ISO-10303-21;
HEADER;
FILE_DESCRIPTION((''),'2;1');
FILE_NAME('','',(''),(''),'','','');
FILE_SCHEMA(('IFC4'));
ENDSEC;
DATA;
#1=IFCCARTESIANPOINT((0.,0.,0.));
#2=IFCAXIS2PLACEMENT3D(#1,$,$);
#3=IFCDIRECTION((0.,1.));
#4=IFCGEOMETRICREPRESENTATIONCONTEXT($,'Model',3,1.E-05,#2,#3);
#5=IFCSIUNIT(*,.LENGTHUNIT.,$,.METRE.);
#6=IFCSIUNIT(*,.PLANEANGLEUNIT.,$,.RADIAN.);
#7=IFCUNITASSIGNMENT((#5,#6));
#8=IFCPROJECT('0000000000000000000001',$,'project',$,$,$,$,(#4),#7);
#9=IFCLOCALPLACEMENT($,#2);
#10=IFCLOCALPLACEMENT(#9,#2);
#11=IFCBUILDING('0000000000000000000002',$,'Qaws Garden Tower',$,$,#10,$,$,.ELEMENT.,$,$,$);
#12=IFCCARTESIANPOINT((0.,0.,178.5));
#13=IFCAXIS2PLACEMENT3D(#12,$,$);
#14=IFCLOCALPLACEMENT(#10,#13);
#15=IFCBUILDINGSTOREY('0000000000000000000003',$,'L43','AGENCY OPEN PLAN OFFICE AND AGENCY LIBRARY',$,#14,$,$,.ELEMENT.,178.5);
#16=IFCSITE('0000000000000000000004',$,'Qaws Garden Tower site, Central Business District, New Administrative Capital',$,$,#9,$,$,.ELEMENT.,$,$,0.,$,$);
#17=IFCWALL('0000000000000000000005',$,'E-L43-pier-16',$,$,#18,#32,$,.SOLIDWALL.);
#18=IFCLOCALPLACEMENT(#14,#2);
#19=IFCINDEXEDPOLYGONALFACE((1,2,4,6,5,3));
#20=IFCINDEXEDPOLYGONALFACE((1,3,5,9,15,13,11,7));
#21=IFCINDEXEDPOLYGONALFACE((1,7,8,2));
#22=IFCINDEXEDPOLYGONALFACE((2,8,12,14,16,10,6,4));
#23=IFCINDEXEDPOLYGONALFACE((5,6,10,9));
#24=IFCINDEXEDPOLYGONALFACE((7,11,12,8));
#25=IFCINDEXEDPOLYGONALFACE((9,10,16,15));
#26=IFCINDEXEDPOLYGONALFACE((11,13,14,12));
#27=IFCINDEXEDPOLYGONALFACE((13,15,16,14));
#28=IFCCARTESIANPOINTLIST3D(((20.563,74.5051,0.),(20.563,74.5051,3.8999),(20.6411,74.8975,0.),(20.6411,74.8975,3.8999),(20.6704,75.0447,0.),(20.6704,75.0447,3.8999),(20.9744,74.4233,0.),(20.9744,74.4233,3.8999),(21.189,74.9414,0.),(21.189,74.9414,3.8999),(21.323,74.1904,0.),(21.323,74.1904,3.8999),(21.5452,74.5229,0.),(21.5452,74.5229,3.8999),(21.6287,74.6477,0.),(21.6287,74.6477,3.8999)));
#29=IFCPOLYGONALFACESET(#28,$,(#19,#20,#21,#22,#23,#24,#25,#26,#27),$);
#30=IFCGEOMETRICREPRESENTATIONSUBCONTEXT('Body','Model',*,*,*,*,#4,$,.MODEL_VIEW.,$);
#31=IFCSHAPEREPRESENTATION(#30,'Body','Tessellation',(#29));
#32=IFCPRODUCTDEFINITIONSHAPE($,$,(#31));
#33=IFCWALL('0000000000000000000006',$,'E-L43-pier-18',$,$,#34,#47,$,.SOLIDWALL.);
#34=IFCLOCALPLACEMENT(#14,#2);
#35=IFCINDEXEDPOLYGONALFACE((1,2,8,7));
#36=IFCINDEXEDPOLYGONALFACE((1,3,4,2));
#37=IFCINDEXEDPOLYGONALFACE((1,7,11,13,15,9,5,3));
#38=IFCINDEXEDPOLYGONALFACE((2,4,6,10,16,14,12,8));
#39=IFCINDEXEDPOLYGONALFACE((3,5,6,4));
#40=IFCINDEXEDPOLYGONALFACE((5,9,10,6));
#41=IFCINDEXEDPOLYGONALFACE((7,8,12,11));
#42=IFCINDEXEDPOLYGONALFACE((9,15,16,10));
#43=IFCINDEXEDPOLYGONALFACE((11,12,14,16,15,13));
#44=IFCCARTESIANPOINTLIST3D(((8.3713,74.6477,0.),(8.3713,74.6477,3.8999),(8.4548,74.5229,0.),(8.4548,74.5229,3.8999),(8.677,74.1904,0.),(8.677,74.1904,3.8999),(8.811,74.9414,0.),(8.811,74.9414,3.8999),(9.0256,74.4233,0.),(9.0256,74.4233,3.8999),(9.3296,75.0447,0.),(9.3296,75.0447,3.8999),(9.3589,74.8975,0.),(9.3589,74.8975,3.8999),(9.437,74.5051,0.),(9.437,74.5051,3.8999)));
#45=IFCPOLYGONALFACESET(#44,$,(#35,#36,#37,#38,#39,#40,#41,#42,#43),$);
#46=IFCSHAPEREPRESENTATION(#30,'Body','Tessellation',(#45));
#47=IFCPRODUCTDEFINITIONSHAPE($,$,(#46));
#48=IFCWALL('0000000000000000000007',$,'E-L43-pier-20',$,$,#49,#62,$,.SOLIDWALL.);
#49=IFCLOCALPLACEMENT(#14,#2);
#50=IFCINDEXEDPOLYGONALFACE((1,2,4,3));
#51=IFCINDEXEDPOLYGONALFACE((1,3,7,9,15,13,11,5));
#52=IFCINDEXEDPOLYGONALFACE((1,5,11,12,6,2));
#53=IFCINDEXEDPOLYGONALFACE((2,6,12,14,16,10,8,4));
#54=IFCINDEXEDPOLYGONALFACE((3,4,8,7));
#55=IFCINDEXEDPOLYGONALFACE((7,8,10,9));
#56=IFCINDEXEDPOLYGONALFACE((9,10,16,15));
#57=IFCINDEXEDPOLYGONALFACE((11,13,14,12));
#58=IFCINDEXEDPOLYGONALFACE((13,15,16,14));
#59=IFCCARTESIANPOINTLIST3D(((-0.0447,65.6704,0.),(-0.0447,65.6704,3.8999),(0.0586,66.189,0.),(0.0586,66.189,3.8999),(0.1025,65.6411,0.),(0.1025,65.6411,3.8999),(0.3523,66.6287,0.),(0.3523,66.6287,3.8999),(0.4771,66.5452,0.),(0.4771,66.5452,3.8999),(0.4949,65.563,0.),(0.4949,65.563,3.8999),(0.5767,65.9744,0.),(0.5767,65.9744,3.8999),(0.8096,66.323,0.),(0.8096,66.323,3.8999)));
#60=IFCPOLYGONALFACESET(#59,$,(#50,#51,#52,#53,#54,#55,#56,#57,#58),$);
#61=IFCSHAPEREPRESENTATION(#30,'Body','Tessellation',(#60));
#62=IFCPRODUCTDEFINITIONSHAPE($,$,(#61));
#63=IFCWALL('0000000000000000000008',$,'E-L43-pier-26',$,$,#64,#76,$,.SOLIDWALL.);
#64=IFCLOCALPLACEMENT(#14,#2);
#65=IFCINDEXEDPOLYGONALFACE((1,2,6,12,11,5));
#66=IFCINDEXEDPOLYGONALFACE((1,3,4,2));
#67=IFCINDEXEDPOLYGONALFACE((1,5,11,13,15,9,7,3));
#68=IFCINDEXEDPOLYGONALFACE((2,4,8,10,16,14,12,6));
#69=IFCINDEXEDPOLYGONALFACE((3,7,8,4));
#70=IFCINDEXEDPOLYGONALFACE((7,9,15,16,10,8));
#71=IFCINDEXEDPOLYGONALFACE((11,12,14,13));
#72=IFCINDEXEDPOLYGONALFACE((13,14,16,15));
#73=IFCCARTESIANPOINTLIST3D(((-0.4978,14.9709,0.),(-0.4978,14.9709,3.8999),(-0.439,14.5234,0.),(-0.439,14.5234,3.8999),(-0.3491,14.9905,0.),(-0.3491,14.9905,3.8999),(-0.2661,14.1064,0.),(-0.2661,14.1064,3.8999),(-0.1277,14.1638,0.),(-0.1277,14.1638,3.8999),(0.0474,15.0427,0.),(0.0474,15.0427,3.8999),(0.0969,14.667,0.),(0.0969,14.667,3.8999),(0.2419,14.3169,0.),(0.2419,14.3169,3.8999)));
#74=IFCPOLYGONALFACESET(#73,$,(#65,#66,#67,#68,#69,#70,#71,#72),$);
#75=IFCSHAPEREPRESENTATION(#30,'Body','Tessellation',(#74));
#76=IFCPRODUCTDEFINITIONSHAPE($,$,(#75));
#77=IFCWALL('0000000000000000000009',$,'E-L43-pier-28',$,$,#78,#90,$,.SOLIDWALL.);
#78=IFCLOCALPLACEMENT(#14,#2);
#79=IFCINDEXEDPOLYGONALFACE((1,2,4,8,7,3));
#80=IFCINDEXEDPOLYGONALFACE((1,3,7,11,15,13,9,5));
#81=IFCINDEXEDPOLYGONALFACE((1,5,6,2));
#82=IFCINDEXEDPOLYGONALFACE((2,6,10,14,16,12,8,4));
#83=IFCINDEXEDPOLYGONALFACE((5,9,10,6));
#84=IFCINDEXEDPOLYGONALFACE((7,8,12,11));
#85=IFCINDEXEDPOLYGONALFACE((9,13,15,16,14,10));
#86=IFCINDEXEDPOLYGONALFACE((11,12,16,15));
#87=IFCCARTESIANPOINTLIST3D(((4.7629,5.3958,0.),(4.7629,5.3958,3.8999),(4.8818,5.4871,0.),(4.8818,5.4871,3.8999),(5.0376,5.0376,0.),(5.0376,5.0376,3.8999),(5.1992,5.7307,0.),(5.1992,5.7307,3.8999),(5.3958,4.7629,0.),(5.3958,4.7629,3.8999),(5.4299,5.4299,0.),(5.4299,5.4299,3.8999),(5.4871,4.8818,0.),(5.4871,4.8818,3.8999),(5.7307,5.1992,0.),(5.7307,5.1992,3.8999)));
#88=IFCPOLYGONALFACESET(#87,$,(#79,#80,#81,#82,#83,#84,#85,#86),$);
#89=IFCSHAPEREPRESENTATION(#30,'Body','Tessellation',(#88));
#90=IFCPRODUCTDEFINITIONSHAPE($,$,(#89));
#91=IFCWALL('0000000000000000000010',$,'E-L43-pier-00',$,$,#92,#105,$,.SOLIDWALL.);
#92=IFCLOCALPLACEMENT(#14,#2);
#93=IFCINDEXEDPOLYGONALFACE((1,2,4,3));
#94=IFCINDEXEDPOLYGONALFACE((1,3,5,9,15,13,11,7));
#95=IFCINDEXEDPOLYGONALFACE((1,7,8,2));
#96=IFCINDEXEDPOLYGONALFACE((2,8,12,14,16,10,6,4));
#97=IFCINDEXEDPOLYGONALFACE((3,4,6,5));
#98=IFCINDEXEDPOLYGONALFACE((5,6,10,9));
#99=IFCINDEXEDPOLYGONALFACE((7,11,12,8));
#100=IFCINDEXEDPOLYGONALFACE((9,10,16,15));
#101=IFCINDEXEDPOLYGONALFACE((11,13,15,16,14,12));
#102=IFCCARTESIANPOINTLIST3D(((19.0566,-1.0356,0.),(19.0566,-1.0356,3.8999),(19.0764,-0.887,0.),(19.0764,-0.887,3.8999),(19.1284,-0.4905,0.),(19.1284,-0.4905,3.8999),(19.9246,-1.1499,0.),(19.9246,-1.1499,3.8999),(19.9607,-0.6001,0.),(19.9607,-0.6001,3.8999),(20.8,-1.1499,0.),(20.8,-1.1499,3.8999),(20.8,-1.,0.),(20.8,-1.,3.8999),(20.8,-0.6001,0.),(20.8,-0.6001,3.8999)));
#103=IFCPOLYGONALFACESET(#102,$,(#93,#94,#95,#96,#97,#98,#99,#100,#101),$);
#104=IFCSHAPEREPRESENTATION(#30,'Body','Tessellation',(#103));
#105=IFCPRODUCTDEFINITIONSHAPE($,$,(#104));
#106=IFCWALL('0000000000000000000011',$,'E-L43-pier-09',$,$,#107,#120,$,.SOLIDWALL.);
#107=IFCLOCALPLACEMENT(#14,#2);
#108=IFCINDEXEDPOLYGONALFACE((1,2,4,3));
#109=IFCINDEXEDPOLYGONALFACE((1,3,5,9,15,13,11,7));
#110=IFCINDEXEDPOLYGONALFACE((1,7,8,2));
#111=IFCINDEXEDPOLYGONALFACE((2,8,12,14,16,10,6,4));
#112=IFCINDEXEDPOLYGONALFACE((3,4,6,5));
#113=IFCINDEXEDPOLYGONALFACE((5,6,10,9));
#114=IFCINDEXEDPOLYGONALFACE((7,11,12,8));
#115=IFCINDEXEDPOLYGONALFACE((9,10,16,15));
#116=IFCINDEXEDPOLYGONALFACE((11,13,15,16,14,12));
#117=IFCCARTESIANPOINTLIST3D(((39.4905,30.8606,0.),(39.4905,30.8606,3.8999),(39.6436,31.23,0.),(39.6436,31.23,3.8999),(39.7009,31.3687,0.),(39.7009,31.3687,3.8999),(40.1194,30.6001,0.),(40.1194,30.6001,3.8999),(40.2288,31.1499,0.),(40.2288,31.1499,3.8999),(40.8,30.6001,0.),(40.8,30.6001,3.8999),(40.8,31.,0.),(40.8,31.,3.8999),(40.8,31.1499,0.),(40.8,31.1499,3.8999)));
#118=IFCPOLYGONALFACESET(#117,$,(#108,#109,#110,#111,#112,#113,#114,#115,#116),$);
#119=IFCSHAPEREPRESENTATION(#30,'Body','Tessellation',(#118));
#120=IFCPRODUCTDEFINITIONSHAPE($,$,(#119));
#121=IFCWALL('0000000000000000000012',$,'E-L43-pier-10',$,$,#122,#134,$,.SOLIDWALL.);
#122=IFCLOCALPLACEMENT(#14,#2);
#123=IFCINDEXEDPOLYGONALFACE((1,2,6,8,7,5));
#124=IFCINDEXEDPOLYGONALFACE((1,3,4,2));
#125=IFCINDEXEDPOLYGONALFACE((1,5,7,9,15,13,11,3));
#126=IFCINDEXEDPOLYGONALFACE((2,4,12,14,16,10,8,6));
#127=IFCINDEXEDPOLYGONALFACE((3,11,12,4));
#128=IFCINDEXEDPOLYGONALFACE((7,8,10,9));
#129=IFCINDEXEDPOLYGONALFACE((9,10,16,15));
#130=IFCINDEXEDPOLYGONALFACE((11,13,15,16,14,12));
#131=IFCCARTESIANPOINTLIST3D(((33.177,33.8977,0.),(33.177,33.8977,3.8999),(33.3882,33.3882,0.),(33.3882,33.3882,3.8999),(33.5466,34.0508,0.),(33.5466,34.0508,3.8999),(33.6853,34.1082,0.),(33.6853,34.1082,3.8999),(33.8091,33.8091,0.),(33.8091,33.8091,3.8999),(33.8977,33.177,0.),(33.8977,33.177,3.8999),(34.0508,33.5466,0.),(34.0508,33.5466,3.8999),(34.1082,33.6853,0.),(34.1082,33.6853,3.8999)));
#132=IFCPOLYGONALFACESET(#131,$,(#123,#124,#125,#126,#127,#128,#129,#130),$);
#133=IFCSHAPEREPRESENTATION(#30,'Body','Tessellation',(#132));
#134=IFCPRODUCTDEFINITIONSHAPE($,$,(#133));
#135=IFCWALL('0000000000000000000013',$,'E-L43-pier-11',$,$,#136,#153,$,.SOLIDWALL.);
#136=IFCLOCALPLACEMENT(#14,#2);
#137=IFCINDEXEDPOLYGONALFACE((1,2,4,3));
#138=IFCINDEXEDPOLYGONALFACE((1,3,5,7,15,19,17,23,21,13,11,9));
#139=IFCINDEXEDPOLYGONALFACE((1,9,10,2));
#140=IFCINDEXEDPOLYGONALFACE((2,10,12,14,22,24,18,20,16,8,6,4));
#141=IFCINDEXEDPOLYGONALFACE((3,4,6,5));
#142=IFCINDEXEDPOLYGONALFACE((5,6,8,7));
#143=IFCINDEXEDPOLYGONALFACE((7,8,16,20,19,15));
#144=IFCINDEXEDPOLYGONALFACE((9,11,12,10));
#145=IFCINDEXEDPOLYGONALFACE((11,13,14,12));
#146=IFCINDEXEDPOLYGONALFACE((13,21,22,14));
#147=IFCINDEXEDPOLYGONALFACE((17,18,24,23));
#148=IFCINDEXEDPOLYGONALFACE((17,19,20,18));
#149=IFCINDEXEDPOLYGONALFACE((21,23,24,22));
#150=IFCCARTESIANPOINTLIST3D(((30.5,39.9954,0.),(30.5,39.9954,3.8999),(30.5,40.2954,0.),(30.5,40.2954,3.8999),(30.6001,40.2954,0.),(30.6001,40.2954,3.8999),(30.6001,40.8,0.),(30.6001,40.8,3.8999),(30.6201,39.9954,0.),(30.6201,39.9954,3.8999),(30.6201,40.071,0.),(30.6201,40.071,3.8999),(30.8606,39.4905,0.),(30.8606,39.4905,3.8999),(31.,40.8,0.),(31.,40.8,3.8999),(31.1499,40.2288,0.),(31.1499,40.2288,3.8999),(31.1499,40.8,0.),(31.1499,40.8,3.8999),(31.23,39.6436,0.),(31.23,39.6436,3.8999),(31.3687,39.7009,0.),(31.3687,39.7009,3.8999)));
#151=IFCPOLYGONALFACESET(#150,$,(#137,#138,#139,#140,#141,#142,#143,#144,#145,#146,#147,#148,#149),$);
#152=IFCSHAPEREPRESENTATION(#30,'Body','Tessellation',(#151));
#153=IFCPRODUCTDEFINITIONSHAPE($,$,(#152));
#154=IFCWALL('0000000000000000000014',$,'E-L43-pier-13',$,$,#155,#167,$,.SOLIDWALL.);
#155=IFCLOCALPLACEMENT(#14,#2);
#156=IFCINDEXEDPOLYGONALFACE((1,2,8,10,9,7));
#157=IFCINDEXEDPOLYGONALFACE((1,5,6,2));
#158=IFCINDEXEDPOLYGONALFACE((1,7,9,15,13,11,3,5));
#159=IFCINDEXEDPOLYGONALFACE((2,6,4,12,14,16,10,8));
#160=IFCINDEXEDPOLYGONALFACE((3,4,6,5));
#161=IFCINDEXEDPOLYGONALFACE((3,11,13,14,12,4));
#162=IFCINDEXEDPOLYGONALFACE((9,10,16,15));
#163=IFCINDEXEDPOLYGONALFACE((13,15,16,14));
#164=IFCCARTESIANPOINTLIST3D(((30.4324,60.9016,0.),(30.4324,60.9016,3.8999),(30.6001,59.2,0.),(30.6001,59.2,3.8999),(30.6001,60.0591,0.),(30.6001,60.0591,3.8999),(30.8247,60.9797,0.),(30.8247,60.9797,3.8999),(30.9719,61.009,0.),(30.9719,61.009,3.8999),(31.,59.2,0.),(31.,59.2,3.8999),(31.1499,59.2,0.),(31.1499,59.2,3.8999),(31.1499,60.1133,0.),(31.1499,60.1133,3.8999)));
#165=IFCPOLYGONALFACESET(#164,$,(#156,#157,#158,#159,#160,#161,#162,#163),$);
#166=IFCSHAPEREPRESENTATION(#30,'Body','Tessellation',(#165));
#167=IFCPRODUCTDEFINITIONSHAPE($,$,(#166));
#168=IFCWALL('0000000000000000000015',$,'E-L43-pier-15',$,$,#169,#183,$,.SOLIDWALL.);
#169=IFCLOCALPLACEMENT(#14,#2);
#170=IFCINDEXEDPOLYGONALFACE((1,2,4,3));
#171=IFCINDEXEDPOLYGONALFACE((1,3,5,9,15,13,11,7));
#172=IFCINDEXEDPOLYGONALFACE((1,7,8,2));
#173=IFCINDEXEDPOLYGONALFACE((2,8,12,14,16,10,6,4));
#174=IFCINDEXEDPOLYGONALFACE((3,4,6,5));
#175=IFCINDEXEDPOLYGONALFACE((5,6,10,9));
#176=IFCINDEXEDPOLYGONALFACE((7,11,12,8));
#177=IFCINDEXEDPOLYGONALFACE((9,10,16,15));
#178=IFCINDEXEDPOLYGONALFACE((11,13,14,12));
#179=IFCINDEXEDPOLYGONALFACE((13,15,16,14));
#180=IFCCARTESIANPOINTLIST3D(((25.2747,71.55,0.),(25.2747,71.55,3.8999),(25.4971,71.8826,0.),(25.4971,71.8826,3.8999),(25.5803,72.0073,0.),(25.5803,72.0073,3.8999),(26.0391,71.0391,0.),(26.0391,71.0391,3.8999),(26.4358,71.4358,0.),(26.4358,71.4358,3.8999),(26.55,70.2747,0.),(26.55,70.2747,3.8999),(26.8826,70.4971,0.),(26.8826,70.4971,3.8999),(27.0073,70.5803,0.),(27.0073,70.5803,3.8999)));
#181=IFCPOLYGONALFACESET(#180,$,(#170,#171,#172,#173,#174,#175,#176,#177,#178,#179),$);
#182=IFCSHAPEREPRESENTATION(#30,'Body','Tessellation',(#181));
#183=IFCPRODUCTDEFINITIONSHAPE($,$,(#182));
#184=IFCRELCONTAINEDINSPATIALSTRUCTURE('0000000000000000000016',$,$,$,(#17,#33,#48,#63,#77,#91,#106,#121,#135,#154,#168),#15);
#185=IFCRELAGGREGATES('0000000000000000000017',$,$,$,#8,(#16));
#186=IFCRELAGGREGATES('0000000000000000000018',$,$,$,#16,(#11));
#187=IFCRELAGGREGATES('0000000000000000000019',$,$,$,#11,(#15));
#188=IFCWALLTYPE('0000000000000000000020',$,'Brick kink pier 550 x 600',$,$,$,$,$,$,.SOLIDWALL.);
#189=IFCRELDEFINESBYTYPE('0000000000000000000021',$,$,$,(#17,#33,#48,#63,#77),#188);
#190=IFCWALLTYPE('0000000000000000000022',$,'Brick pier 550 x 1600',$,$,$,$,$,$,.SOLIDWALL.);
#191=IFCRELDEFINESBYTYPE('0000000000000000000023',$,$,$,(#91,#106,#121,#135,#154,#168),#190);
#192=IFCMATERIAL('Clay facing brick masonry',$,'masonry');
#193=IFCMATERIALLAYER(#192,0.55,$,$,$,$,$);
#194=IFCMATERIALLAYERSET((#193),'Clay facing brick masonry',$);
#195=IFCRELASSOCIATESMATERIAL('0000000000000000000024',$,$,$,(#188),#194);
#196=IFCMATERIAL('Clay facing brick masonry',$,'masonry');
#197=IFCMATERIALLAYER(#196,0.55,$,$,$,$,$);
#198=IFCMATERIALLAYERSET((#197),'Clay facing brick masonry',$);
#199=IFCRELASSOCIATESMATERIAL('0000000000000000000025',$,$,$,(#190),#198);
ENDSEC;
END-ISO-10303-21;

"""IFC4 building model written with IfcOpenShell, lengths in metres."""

from ifc_helpers import new_model, si_unit, direction, frame, origin, place, context, subcontext, project, spatial, polyline, outline, extrude, material, layer, layer_set, type_object, element, save


model = new_model("IFC4")

# Units and contexts
model_context = context("Model", 3, precision=1e-05, world=origin(), true_north=direction((0.0, 1.0)))
body_context = subcontext(model_context, "Body", "Model", "MODEL_VIEW")
ifc_project = project(units=[si_unit("LENGTHUNIT", "METRE"), si_unit("PLANEANGLEUNIT", "RADIAN")], contexts=[model_context])

# Site, building, storey
site_placement = place(None, origin())
site = spatial("IfcSite", under=ifc_project, at=site_placement, Name="Qaws Garden Tower site, Central Business District, New Administrative Capital", CompositionType="ELEMENT", RefElevation=0.0)
building_placement = place(site_placement, origin())
building = spatial("IfcBuilding", under=site, at=building_placement, Name="Qaws Garden Tower", CompositionType="ELEMENT")
storey_placement = place(building_placement, frame((0.0, 0.0, 178.5)))
storey = spatial("IfcBuildingStorey", under=building, at=storey_placement, Name="L43", Description="AGENCY OPEN PLAN OFFICE AND AGENCY LIBRARY", CompositionType="ELEMENT", Elevation=178.5)

# Walls
placement = place(storey_placement, origin())
ifc_material_1 = material(Name="Clay facing brick masonry", Category="masonry")
ifc_layer_1 = layer(ifc_material_1, 0.55)
ifc_layer_set_1 = layer_set([ifc_layer_1], Name="Clay facing brick masonry")
wall_type_1 = type_object("IfcWallType", Name="Brick kink pier 550 x 600", PredefinedType="SOLIDWALL", material=ifc_layer_set_1)
element("IfcWall", 1, at=placement, inside=storey, type_object=wall_type_1, Name="E-L43-pier-16", PredefinedType="SOLIDWALL", context=body_context, shape_type="SweptSolid", body=[
    extrude(outline(polyline([(21.5452, 74.5229), (21.6287, 74.6477), (21.189, 74.9414), (20.6704, 75.0447), (20.6411, 74.8975), (20.563, 74.5051), (20.9744, 74.4233), (21.323, 74.1904), (21.5452, 74.5229)])), origin(), (0.0, 0.0, 1.0), 3.8999),
])
element("IfcWall", 2, at=placement, inside=storey, type_object=wall_type_1, Name="E-L43-pier-18", PredefinedType="SOLIDWALL", context=body_context, shape_type="SweptSolid", body=[
    extrude(outline(polyline([(9.3589, 74.8975), (9.3296, 75.0447), (8.811, 74.9414), (8.3713, 74.6477), (8.4548, 74.5229), (8.677, 74.1904), (9.0256, 74.4233), (9.437, 74.5051), (9.3589, 74.8975)])), origin(), (0.0, 0.0, 1.0), 3.8999),
])
element("IfcWall", 3, at=placement, inside=storey, type_object=wall_type_1, Name="E-L43-pier-20", PredefinedType="SOLIDWALL", context=body_context, shape_type="SweptSolid", body=[
    extrude(outline(polyline([(0.4771, 66.5452), (0.3523, 66.6287), (0.0586, 66.189), (-0.0447, 65.6704), (0.1025, 65.6411), (0.4949, 65.563), (0.5767, 65.9744), (0.8096, 66.323), (0.4771, 66.5452)])), origin(), (0.0, 0.0, 1.0), 3.8999),
])
element("IfcWall", 4, at=placement, inside=storey, type_object=wall_type_1, Name="E-L43-pier-26", PredefinedType="SOLIDWALL", context=body_context, shape_type="SweptSolid", body=[
    extrude(outline(polyline([(-0.3491, 14.9905), (-0.4978, 14.9709), (-0.439, 14.5234), (-0.2661, 14.1064), (-0.1277, 14.1638), (0.2419, 14.3169), (0.0969, 14.667), (0.0474, 15.0427), (-0.3491, 14.9905)])), origin(), (0.0, 0.0, 1.0), 3.8999),
])
element("IfcWall", 5, at=placement, inside=storey, type_object=wall_type_1, Name="E-L43-pier-28", PredefinedType="SOLIDWALL", context=body_context, shape_type="SweptSolid", body=[
    extrude(outline(polyline([(4.8818, 5.4871), (4.7629, 5.3958), (5.0376, 5.0376), (5.3958, 4.7629), (5.4871, 4.8818), (5.7307, 5.1992), (5.4299, 5.4299), (5.1992, 5.7307), (4.8818, 5.4871)])), origin(), (0.0, 0.0, 1.0), 3.8999),
])
ifc_material_2 = material(Name="Clay facing brick masonry", Category="masonry")
ifc_layer_2 = layer(ifc_material_2, 0.55)
ifc_layer_set_2 = layer_set([ifc_layer_2], Name="Clay facing brick masonry")
wall_type_2 = type_object("IfcWallType", Name="Brick pier 550 x 1600", PredefinedType="SOLIDWALL", material=ifc_layer_set_2)
element("IfcWall", 6, at=placement, inside=storey, type_object=wall_type_2, Name="E-L43-pier-00", PredefinedType="SOLIDWALL", context=body_context, shape_type="SweptSolid", body=[
    extrude(outline(polyline([(19.0764, -0.887), (19.0566, -1.0356), (19.9246, -1.1499), (20.8, -1.1499), (20.8, -1.0), (20.8, -0.6001), (19.9607, -0.6001), (19.1284, -0.4905), (19.0764, -0.887)])), origin(), (0.0, 0.0, 1.0), 3.8999),
])
element("IfcWall", 7, at=placement, inside=storey, type_object=wall_type_2, Name="E-L43-pier-09", PredefinedType="SOLIDWALL", context=body_context, shape_type="SweptSolid", body=[
    extrude(outline(polyline([(40.8, 31.0), (40.8, 31.1499), (40.2288, 31.1499), (39.7009, 31.3687), (39.6436, 31.23), (39.4905, 30.8606), (40.1194, 30.6001), (40.8, 30.6001), (40.8, 31.0)])), origin(), (0.0, 0.0, 1.0), 3.8999),
])
element("IfcWall", 8, at=placement, inside=storey, type_object=wall_type_2, Name="E-L43-pier-10", PredefinedType="SOLIDWALL", context=body_context, shape_type="SweptSolid", body=[
    extrude(outline(polyline([(34.0508, 33.5466), (34.1082, 33.6853), (33.8091, 33.8091), (33.6853, 34.1082), (33.5466, 34.0508), (33.177, 33.8977), (33.3882, 33.3882), (33.8977, 33.177), (34.0508, 33.5466)])), origin(), (0.0, 0.0, 1.0), 3.8999),
])
element("IfcWall", 9, at=placement, inside=storey, type_object=wall_type_2, Name="E-L43-pier-11", PredefinedType="SOLIDWALL", context=body_context, shape_type="SweptSolid", body=[
    extrude(outline(polyline([(30.6201, 39.9954), (30.6201, 40.071), (30.8606, 39.4905), (31.23, 39.6436), (31.3687, 39.7009), (31.1499, 40.2288), (31.1499, 40.8), (31.0, 40.8), (30.6001, 40.8), (30.6001, 40.2954), (30.5, 40.2954), (30.5, 39.9954), (30.6201, 39.9954)])), origin(), (0.0, 0.0, 1.0), 3.8999),
])
element("IfcWall", 10, at=placement, inside=storey, type_object=wall_type_2, Name="E-L43-pier-13", PredefinedType="SOLIDWALL", context=body_context, shape_type="SweptSolid", body=[
    extrude(outline(polyline([(31.0, 59.2), (31.1499, 59.2), (31.1499, 60.1133), (30.9719, 61.009), (30.8247, 60.9797), (30.4324, 60.9016), (30.6001, 60.0591), (30.6001, 59.2), (31.0, 59.2)])), origin(), (0.0, 0.0, 1.0), 3.8999),
])
element("IfcWall", 11, at=placement, inside=storey, type_object=wall_type_2, Name="E-L43-pier-15", PredefinedType="SOLIDWALL", context=body_context, shape_type="SweptSolid", body=[
    extrude(outline(polyline([(26.8826, 70.4971), (27.0073, 70.5803), (26.4358, 71.4358), (25.5803, 72.0073), (25.4971, 71.8826), (25.2747, 71.55), (26.0391, 71.0391), (26.55, 70.2747), (26.8826, 70.4971)])), origin(), (0.0, 0.0, 1.0), 3.8999),
])

save(model, "model.ifc")
